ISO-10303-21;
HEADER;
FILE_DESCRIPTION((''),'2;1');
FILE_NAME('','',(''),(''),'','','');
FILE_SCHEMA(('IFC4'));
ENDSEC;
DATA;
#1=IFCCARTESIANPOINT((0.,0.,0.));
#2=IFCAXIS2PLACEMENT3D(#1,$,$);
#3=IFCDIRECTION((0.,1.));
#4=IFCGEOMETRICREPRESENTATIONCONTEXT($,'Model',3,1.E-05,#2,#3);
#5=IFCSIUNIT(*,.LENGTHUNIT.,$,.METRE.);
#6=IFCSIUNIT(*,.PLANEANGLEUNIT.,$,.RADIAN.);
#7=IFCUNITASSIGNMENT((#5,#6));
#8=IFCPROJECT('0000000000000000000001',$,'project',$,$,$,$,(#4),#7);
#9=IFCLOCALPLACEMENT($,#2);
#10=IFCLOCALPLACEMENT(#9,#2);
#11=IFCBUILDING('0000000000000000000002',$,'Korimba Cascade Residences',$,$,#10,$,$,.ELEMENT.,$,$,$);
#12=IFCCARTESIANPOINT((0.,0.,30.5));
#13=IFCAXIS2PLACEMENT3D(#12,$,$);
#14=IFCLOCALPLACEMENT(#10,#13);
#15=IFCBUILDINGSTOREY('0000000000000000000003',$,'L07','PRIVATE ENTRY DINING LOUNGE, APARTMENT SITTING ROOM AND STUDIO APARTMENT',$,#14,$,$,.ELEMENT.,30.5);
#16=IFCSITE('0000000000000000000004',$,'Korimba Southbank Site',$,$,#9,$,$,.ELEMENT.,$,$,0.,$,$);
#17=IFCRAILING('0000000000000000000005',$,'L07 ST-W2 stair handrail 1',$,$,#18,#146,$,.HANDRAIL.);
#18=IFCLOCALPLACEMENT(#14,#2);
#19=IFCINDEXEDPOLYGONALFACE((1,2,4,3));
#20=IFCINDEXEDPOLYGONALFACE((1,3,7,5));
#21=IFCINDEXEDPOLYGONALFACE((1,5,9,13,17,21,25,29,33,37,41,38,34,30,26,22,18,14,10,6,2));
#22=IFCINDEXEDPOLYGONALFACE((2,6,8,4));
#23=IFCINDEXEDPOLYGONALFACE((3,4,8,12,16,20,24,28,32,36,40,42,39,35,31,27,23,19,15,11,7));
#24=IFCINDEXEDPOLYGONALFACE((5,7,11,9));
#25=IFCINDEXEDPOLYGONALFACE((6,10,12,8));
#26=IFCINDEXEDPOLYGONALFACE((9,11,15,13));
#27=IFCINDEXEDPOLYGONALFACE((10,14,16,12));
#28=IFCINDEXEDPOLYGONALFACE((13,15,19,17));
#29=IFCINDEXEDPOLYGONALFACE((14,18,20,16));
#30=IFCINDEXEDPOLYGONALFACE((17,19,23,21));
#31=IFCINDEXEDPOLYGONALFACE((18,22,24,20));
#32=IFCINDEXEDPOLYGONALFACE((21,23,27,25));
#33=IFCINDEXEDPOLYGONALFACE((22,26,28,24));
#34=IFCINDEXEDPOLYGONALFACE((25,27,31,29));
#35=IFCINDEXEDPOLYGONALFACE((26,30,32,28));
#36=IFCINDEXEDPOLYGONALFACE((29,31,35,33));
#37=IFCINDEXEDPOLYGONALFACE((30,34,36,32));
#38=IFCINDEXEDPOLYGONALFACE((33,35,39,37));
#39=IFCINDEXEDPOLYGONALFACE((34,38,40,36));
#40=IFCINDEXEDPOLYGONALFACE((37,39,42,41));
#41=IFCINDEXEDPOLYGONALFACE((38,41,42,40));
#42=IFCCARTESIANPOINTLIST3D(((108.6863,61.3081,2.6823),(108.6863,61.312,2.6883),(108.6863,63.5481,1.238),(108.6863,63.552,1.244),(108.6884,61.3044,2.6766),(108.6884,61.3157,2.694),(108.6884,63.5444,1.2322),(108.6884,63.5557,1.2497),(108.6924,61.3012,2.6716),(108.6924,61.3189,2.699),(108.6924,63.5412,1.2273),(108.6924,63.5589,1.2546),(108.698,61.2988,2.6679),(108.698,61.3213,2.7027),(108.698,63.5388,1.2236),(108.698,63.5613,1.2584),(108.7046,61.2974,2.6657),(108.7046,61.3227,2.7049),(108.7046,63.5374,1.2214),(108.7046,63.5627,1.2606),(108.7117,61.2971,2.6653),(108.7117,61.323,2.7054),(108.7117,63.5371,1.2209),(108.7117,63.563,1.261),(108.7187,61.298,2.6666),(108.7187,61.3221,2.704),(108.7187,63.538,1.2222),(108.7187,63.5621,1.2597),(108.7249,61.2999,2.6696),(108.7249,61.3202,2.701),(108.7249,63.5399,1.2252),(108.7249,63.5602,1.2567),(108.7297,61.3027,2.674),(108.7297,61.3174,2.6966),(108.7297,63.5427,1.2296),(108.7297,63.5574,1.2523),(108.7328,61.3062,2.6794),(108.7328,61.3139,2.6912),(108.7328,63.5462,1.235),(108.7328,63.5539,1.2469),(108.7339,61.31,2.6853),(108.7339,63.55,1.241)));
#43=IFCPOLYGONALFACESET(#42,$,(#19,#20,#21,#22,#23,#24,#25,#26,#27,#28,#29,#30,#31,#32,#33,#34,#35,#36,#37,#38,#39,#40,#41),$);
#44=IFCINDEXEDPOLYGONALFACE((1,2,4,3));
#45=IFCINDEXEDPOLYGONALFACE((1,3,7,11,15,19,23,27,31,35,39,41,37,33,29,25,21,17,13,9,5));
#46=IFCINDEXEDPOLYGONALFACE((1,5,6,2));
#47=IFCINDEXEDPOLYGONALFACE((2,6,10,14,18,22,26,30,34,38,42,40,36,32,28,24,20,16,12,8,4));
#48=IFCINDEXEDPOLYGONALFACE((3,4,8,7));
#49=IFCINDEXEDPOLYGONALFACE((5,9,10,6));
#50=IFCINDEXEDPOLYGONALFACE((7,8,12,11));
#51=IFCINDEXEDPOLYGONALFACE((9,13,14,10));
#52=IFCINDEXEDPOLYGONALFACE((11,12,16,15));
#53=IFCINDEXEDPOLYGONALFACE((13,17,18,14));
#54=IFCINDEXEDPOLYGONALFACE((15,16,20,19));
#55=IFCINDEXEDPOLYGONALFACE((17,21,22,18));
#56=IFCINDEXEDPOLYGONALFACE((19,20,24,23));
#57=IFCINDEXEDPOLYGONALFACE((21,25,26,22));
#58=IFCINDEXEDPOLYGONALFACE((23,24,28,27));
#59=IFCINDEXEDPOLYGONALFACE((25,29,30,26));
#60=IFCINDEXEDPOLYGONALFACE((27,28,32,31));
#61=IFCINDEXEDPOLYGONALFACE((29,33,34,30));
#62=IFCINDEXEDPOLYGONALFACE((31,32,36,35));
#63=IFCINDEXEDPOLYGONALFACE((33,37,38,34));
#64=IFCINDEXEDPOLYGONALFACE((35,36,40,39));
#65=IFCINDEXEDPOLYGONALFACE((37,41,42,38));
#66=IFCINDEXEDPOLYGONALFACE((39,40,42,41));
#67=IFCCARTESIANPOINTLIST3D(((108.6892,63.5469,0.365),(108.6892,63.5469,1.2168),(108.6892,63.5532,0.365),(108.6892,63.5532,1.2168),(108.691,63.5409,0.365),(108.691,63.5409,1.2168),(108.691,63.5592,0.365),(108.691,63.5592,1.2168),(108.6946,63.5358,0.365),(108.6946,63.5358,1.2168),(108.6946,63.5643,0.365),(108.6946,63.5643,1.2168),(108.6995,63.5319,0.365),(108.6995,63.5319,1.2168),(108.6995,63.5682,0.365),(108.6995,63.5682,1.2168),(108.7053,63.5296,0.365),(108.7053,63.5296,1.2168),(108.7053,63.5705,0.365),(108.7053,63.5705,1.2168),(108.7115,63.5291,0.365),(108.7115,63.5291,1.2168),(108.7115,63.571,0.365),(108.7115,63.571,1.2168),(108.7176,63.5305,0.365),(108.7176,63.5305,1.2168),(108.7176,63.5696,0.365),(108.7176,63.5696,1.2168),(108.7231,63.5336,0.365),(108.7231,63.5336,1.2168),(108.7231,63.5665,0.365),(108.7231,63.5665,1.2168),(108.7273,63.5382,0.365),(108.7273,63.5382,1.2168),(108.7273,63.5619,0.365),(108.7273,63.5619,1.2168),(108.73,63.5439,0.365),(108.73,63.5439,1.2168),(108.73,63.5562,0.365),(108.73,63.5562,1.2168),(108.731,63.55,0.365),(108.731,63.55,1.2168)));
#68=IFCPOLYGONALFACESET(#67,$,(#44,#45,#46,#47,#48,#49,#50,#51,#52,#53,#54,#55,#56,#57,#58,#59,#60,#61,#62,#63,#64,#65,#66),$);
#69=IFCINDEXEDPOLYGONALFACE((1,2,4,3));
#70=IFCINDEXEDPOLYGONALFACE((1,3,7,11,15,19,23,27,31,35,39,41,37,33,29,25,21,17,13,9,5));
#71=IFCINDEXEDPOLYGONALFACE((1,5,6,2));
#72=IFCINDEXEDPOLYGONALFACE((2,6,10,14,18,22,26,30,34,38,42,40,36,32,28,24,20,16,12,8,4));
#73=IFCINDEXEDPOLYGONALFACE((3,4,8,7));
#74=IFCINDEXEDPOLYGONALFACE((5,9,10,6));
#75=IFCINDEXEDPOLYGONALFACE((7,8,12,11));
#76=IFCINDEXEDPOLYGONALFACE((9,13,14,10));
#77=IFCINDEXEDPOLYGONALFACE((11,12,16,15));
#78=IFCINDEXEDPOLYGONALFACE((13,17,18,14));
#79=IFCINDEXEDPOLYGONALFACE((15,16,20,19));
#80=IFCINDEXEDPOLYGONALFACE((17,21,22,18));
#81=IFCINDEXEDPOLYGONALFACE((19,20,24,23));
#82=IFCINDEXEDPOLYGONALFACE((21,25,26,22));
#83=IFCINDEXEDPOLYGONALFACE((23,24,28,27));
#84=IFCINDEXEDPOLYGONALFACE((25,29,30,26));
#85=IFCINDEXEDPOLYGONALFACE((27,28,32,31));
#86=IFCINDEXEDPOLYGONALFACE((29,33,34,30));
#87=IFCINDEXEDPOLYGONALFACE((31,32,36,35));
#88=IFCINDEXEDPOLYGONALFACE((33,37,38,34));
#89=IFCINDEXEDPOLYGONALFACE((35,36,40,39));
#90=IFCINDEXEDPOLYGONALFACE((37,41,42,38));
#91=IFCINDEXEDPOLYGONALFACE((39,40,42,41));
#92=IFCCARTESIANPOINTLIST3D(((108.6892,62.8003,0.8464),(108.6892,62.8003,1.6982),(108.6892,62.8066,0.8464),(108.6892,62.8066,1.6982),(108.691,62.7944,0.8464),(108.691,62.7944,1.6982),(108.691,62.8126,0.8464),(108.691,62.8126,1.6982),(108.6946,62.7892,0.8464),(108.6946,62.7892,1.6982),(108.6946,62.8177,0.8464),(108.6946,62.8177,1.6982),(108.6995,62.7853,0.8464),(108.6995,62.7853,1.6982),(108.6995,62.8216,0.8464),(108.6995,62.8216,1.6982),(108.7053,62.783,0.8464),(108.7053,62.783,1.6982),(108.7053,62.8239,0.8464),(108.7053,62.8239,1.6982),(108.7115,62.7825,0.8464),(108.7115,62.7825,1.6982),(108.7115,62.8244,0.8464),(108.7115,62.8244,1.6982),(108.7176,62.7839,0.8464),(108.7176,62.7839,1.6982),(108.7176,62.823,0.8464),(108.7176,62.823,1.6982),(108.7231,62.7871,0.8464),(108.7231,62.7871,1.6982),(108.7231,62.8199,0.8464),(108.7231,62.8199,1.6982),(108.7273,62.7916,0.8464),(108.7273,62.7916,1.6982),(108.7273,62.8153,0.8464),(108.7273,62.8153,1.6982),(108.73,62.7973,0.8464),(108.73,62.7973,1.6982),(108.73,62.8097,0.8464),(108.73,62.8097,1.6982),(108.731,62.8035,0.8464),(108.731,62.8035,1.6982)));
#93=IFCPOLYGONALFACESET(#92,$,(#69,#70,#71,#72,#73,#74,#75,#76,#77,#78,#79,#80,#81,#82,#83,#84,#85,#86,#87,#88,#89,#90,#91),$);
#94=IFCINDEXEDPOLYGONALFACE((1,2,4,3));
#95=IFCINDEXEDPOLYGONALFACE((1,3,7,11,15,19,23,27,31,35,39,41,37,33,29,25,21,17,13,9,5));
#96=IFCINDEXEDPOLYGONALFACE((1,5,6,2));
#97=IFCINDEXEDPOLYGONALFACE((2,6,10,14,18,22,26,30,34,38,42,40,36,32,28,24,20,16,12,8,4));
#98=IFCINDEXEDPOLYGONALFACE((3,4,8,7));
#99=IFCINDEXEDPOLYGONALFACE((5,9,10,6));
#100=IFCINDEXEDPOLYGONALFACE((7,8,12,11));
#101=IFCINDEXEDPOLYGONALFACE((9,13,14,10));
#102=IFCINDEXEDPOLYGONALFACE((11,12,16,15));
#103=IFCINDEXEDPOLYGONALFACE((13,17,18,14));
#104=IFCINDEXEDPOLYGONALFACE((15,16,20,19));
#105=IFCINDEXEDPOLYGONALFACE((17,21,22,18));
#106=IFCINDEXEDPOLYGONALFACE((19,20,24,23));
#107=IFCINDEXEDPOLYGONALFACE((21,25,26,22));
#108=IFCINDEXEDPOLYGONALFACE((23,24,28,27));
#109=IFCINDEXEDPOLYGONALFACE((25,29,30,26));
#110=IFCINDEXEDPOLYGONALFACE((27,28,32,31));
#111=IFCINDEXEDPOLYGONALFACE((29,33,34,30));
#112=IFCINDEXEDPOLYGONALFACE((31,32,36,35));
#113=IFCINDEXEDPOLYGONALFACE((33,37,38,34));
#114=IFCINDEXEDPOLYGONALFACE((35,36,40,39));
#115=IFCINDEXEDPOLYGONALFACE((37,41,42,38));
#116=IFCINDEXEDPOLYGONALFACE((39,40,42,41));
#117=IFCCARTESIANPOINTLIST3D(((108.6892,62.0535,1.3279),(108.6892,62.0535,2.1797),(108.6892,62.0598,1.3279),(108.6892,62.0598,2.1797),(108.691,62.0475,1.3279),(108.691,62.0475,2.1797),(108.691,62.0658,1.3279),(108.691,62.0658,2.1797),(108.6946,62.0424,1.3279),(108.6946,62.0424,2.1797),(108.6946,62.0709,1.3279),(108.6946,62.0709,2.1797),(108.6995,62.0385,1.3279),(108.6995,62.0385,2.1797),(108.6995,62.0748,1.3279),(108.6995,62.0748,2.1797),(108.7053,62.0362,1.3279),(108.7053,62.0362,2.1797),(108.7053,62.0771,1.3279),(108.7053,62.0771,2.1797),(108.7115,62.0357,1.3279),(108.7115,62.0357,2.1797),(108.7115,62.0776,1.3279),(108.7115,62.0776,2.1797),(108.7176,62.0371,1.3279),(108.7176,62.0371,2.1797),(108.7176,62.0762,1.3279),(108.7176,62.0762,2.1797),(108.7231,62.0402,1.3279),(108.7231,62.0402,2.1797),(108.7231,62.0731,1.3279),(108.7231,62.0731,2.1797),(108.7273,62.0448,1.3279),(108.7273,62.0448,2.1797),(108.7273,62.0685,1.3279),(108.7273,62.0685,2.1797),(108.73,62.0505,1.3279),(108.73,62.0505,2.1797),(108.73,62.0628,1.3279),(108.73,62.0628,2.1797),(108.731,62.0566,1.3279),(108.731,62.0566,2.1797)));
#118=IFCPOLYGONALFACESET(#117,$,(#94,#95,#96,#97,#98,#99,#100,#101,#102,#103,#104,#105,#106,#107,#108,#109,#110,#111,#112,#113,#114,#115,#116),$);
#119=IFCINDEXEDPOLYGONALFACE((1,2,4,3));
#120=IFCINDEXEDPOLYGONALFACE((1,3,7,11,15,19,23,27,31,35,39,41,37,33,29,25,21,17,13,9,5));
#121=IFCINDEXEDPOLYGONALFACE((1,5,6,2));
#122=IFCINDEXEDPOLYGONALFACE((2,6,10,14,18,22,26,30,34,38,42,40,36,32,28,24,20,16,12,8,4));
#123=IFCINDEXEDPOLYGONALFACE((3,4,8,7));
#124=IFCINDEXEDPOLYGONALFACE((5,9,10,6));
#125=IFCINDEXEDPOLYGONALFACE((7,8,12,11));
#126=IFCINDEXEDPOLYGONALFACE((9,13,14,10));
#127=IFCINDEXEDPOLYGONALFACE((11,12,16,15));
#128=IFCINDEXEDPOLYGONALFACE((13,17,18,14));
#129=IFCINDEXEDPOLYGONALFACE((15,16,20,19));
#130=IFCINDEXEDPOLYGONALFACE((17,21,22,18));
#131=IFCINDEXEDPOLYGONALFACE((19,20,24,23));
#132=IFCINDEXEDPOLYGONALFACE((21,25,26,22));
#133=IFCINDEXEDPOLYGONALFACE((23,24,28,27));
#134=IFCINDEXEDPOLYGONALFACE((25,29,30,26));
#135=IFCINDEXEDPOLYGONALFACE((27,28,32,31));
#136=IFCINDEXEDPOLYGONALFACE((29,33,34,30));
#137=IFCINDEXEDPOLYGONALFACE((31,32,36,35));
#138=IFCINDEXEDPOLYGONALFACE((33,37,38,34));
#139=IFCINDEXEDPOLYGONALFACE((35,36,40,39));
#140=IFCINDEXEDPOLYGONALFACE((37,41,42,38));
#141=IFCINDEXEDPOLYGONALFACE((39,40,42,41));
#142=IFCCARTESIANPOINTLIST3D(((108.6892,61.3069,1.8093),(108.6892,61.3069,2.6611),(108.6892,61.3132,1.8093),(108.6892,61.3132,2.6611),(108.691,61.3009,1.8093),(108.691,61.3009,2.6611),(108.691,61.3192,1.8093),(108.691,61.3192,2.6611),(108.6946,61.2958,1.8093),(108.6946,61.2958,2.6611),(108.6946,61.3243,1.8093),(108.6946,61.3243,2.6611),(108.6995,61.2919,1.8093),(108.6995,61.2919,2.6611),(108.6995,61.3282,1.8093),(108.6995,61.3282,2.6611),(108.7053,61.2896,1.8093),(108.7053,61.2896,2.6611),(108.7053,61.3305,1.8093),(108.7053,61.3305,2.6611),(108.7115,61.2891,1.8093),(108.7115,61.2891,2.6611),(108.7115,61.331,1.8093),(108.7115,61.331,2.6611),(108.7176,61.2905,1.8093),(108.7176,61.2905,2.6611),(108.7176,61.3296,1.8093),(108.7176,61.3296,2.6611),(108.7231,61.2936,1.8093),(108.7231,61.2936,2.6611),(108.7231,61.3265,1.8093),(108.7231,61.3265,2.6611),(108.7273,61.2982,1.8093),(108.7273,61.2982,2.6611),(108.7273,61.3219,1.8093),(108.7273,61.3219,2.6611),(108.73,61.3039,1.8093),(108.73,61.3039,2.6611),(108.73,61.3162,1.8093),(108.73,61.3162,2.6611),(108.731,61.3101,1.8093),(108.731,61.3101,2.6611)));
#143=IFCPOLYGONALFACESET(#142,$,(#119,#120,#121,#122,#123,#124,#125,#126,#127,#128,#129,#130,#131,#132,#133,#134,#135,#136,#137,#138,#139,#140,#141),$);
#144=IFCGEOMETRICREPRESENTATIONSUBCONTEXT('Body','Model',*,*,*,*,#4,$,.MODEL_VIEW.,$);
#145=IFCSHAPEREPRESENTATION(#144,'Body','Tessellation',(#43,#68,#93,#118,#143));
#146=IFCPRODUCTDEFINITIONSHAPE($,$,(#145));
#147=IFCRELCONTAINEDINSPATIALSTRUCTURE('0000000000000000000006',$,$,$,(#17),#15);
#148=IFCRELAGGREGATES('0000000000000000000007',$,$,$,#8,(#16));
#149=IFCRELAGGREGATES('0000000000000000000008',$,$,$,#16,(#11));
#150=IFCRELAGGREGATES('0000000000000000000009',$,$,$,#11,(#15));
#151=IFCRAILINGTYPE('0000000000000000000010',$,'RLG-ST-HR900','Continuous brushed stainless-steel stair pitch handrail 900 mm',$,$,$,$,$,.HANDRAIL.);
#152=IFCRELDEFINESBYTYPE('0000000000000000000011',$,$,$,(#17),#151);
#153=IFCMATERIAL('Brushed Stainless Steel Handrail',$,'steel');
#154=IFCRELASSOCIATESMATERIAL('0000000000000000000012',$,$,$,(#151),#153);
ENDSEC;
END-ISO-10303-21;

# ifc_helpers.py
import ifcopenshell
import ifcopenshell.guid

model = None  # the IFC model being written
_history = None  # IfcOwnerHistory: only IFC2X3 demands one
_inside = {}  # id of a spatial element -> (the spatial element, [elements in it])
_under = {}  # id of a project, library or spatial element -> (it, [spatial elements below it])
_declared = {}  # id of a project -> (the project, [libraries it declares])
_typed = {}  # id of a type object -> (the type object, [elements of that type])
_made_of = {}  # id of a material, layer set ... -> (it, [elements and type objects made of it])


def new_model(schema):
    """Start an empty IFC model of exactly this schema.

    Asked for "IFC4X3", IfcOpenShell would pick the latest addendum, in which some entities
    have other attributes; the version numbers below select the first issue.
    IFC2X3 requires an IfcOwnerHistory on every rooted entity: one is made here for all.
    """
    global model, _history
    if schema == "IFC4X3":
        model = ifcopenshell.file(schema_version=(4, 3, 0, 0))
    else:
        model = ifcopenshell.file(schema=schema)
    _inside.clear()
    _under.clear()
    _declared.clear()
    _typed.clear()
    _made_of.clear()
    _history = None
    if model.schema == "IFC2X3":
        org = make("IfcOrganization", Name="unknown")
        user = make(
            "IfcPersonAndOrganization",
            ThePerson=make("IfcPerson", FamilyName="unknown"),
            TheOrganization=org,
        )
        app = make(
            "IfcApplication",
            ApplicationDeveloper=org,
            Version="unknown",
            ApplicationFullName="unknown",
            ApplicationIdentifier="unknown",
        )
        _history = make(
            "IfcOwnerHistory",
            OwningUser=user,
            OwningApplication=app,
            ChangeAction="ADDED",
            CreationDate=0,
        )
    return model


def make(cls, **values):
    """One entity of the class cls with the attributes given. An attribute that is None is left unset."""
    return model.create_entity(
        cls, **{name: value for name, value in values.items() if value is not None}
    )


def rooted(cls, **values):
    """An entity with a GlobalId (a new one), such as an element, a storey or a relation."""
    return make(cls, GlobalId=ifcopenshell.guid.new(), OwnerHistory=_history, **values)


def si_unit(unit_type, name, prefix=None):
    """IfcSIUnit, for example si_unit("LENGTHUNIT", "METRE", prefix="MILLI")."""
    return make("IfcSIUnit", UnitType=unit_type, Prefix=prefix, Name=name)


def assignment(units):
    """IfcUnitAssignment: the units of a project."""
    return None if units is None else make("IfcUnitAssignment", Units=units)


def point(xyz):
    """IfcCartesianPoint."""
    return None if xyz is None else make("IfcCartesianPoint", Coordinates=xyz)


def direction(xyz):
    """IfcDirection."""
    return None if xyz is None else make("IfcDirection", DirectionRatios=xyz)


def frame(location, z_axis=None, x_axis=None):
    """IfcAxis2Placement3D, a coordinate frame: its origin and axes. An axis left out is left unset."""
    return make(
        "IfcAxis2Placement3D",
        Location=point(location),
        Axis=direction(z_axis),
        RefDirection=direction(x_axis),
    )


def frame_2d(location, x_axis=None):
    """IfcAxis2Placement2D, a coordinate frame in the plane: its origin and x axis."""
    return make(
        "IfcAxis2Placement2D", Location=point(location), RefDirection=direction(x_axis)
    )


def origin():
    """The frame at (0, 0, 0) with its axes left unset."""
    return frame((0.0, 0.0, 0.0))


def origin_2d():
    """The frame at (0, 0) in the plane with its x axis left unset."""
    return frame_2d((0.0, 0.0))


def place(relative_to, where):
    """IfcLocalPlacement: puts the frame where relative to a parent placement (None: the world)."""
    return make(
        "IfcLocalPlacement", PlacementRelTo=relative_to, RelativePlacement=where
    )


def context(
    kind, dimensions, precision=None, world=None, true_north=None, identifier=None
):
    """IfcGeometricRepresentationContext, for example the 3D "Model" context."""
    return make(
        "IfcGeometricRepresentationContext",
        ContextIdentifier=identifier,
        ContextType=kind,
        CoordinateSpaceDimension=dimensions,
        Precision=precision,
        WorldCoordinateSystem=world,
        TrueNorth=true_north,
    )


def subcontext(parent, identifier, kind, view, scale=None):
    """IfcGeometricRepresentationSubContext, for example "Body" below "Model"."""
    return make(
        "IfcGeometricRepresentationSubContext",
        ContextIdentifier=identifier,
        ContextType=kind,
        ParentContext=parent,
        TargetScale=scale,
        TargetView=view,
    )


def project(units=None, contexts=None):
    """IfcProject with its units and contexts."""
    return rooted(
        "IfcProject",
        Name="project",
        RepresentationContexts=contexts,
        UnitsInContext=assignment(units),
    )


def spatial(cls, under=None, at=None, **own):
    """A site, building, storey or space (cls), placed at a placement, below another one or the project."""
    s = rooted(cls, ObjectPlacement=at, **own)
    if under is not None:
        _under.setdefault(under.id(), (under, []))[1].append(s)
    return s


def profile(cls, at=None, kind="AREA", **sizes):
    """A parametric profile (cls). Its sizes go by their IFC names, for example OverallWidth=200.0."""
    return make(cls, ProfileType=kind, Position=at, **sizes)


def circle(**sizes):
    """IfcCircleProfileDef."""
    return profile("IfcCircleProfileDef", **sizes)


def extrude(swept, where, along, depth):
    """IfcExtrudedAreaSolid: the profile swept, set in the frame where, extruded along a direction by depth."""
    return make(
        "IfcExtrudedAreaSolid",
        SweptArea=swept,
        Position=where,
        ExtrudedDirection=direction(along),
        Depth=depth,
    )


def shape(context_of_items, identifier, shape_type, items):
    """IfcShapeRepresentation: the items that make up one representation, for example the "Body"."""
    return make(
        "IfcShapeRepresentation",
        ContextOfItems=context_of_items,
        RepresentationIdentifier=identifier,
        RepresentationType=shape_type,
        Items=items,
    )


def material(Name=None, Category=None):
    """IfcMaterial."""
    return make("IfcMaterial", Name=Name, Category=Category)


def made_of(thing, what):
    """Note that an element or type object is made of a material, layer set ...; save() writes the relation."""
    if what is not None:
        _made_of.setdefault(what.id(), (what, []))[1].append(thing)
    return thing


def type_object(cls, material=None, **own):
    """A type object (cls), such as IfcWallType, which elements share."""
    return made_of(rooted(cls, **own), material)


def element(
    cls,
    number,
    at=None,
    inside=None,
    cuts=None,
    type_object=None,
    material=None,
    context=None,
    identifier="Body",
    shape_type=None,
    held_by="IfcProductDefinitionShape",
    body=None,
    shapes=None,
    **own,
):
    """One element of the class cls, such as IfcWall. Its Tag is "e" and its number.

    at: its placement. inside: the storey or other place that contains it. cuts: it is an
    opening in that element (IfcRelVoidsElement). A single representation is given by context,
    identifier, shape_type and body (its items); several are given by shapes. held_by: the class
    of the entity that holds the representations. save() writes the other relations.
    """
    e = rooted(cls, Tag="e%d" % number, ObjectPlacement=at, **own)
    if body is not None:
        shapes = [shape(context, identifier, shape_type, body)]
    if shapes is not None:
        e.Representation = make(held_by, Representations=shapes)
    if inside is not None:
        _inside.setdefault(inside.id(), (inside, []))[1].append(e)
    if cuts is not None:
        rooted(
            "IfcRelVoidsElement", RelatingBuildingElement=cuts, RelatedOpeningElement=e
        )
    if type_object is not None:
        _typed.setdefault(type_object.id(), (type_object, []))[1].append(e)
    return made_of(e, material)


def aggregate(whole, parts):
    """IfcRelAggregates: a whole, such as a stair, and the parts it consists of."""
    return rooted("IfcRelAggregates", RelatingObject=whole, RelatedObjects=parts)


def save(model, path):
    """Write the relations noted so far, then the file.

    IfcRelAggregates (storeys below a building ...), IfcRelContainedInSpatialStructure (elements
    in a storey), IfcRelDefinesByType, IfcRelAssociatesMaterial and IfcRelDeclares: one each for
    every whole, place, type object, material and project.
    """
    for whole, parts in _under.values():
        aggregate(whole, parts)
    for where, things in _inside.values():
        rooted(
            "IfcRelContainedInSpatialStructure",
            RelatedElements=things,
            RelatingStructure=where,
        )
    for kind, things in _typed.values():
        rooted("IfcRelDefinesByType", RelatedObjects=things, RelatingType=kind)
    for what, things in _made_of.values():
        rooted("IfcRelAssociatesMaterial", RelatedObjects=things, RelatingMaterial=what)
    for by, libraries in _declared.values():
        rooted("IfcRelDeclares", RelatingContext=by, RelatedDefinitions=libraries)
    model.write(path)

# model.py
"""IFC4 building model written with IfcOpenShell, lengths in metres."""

from ifc_helpers import new_model, si_unit, direction, frame, origin, origin_2d, place, context, subcontext, project, spatial, circle, extrude, material, type_object, element, save


model = new_model("IFC4")

# Units and contexts
model_context = context("Model", 3, precision=1e-05, world=origin(), true_north=direction((0.0, 1.0)))
body_context = subcontext(model_context, "Body", "Model", "MODEL_VIEW")
ifc_project = project(units=[si_unit("LENGTHUNIT", "METRE"), si_unit("PLANEANGLEUNIT", "RADIAN")], contexts=[model_context])

# Site, building, storey
site_placement = place(None, origin())
site = spatial("IfcSite", under=ifc_project, at=site_placement, Name="Korimba Southbank Site", CompositionType="ELEMENT", RefElevation=0.0)
building_placement = place(site_placement, origin())
building = spatial("IfcBuilding", under=site, at=building_placement, Name="Korimba Cascade Residences", CompositionType="ELEMENT")
storey_placement = place(building_placement, frame((0.0, 0.0, 30.5)))
storey = spatial("IfcBuildingStorey", under=building, at=storey_placement, Name="L07", Description="PRIVATE ENTRY DINING LOUNGE, APARTMENT SITTING ROOM AND STUDIO APARTMENT", CompositionType="ELEMENT", Elevation=30.5)

# Railing
ifc_material_1 = material(Name="Brushed Stainless Steel Handrail", Category="steel")
railing_type_1 = type_object("IfcRailingType", Name="RLG-ST-HR900", Description="Continuous brushed stainless-steel stair pitch handrail 900 mm", PredefinedType="HANDRAIL", material=ifc_material_1)
railing_1_placement = place(storey_placement, frame((108.71, 63.55, 0.365)))
element("IfcRailing", 1, at=railing_1_placement, inside=storey, type_object=railing_type_1, Name="L07 ST-W2 stair handrail 1", PredefinedType="HANDRAIL", context=body_context, shape_type="SweptSolid", body=[
    extrude(circle(Radius=0.0239, at=origin_2d()), frame((0.0, 0.0, 0.876), z_axis=(0.0, -0.840437, 0.54191), x_axis=(1.0, 0.0, 0.0)), (0.0, 0.0, 1.0), 2.6653),
    extrude(circle(Radius=0.021, at=origin_2d()), origin(), (0.0, 0.0, 1.0), 0.8518),
    extrude(circle(Radius=0.021, at=origin_2d()), frame((0.0, -0.7466, 0.4814)), (0.0, 0.0, 1.0), 0.8518),
    extrude(circle(Radius=0.021, at=origin_2d()), frame((0.0, -1.4934, 0.9629)), (0.0, 0.0, 1.0), 0.8518),
    extrude(circle(Radius=0.021, at=origin_2d()), frame((0.0, -2.24, 1.4443)), (0.0, 0.0, 1.0), 0.8518),
])

save(model, "model.ifc")
